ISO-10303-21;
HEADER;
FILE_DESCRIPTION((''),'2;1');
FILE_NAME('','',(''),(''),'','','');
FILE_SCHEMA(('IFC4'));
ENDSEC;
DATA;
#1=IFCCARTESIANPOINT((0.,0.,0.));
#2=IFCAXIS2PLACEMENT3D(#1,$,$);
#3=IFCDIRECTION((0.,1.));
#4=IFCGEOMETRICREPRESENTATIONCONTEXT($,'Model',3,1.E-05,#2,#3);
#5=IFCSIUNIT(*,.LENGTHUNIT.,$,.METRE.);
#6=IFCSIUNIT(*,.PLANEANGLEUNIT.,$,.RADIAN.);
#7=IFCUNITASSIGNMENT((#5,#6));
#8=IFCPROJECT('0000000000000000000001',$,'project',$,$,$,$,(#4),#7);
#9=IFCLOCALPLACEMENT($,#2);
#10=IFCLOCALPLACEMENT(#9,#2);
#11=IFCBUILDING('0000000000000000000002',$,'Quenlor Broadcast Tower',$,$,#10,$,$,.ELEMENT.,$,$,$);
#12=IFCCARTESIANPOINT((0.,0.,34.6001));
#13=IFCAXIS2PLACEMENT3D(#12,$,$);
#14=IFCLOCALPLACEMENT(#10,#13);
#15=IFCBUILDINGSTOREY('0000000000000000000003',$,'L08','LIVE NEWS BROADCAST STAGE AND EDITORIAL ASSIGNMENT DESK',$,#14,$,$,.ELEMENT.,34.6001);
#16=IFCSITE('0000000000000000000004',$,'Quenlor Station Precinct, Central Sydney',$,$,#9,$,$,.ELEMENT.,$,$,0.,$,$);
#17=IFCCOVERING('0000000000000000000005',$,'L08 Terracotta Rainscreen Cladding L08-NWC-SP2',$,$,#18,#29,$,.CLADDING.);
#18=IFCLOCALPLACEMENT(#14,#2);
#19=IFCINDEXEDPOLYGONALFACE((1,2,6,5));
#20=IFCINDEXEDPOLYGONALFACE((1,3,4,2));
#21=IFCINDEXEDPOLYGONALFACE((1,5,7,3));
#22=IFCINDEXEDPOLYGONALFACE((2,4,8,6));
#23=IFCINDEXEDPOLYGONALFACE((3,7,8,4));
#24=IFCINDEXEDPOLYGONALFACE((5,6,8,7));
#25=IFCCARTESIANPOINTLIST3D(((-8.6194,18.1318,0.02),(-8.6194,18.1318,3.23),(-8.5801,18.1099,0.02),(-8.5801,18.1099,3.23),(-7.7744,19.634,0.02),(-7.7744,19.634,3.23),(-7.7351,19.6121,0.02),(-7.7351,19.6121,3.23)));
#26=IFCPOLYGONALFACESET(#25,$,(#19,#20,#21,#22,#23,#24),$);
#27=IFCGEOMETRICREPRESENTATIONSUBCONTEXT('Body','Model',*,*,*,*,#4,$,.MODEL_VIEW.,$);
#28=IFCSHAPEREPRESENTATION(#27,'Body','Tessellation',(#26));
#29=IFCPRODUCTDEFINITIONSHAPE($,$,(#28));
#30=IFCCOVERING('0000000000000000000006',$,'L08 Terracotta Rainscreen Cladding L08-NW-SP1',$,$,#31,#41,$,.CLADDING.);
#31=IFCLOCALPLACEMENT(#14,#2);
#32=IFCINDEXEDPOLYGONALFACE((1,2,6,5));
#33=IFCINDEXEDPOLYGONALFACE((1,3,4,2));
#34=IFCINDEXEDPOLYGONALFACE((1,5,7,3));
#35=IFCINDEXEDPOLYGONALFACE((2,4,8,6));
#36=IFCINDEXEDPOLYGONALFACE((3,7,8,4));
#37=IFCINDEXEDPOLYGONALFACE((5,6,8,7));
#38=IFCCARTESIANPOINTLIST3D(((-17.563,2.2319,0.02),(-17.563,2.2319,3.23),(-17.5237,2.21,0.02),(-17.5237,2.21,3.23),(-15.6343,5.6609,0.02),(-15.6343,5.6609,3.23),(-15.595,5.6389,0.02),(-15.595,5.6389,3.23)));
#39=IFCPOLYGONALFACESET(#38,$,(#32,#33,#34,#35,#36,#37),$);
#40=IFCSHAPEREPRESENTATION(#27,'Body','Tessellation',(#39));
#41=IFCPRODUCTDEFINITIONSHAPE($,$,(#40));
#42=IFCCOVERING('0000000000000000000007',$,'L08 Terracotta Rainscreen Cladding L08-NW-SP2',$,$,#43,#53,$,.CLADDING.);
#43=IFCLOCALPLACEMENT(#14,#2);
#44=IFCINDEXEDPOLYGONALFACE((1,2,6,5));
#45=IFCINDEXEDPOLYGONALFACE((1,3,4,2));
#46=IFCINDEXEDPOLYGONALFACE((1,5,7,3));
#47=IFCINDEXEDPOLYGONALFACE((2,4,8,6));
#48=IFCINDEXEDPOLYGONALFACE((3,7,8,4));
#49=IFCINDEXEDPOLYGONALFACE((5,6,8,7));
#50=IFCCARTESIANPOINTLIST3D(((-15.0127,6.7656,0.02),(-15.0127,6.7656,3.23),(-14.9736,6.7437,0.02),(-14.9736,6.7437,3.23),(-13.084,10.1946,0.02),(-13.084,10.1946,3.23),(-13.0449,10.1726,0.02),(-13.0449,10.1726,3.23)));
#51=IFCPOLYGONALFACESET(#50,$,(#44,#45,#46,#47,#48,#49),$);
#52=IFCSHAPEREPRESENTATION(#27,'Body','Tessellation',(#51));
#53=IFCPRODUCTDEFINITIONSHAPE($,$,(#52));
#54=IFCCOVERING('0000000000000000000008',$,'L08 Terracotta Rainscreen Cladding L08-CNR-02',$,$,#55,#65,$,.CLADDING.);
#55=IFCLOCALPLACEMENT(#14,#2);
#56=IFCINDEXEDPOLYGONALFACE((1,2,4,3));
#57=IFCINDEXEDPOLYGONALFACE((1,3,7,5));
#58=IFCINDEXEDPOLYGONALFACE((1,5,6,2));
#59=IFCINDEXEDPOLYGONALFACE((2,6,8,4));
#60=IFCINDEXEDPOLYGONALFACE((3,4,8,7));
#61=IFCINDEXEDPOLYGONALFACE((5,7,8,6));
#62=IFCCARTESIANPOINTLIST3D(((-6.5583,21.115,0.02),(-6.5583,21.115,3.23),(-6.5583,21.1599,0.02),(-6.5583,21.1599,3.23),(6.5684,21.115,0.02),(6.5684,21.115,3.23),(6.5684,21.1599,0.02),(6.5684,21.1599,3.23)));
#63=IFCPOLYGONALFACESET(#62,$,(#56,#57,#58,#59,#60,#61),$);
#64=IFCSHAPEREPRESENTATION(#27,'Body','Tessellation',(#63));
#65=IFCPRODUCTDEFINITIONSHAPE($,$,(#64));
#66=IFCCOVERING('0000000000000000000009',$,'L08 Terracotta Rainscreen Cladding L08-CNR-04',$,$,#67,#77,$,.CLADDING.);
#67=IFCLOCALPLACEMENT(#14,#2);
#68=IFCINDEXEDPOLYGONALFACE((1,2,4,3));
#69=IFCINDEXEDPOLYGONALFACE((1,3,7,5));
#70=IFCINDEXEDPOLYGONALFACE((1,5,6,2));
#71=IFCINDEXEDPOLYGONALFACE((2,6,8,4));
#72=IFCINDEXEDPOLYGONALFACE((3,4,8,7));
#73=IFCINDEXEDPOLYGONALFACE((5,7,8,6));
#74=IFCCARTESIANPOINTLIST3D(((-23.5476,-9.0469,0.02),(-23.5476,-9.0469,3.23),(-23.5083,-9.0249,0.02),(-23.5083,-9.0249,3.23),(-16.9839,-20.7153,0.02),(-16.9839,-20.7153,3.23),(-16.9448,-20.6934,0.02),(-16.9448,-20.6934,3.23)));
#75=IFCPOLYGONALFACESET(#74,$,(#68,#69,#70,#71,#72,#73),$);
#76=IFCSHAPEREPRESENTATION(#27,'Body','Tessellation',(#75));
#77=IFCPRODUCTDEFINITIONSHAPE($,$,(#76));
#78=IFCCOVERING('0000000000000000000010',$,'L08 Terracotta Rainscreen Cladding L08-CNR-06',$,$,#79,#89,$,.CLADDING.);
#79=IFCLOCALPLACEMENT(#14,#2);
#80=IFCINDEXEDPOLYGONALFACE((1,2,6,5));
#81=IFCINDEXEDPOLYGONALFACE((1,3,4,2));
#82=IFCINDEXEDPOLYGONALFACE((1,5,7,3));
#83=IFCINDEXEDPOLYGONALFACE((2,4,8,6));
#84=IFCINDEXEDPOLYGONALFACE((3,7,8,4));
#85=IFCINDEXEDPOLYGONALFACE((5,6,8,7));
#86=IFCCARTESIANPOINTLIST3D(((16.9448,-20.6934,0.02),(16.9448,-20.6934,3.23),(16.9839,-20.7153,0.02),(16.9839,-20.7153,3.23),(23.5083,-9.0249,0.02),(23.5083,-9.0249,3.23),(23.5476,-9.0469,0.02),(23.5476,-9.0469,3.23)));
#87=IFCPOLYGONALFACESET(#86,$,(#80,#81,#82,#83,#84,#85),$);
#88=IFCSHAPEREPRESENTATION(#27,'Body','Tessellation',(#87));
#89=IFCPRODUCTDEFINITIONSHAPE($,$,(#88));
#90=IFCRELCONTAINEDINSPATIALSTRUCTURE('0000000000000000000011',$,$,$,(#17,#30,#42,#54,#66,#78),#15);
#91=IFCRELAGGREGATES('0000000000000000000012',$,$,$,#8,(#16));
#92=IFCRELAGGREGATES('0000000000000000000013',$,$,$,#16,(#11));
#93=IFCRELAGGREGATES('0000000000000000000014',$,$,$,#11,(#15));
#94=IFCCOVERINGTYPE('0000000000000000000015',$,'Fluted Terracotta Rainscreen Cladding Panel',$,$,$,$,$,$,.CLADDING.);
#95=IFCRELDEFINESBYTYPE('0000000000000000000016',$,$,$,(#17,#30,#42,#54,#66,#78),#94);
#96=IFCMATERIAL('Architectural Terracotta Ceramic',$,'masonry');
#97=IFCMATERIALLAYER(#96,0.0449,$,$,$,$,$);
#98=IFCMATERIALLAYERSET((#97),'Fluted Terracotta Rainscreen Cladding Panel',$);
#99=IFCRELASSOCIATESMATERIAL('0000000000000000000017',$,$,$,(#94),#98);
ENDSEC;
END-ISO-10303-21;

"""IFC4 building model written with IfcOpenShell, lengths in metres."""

from ifc_helpers import new_model, si_unit, direction, frame, origin, place, context, subcontext, project, spatial, polyline, outline, extrude, material, layer, layer_set, type_object, element, save


model = new_model("IFC4")

# Units and contexts
model_context = context("Model", 3, precision=1e-05, world=origin(), true_north=direction((0.0, 1.0)))
body_context = subcontext(model_context, "Body", "Model", "MODEL_VIEW")
ifc_project = project(units=[si_unit("LENGTHUNIT", "METRE"), si_unit("PLANEANGLEUNIT", "RADIAN")], contexts=[model_context])

# Site, building, storey
site_placement = place(None, origin())
site = spatial("IfcSite", under=ifc_project, at=site_placement, Name="Quenlor Station Precinct, Central Sydney", CompositionType="ELEMENT", RefElevation=0.0)
building_placement = place(site_placement, origin())
building = spatial("IfcBuilding", under=site, at=building_placement, Name="Quenlor Broadcast Tower", CompositionType="ELEMENT")
storey_placement = place(building_placement, frame((0.0, 0.0, 34.6001)))
storey = spatial("IfcBuildingStorey", under=building, at=storey_placement, Name="L08", Description="LIVE NEWS BROADCAST STAGE AND EDITORIAL ASSIGNMENT DESK", CompositionType="ELEMENT", Elevation=34.6001)

# Coverings
ifc_material_1 = material(Name="Architectural Terracotta Ceramic", Category="masonry")
ifc_layer_1 = layer(ifc_material_1, 0.0449)
ifc_layer_set_1 = layer_set([ifc_layer_1], Name="Fluted Terracotta Rainscreen Cladding Panel")
covering_type_1 = type_object("IfcCoveringType", Name="Fluted Terracotta Rainscreen Cladding Panel", PredefinedType="CLADDING", material=ifc_layer_set_1)
covering_1_placement = place(storey_placement, frame((0.0, 0.0, 0.02)))
element("IfcCovering", 1, at=covering_1_placement, inside=storey, type_object=covering_type_1, Name="L08 Terracotta Rainscreen Cladding L08-NWC-SP2", PredefinedType="CLADDING", context=body_context, shape_type="SweptSolid", body=[
    extrude(outline(polyline([(-8.5801, 18.1099), (-7.7351, 19.6121), (-7.7744, 19.634), (-8.6194, 18.1318), (-8.5801, 18.1099)])), origin(), (0.0, 0.0, 1.0), 3.21),
])
covering_2_placement = place(storey_placement, frame((0.0, 0.0, 0.02)))
element("IfcCovering", 2, at=covering_2_placement, inside=storey, type_object=covering_type_1, Name="L08 Terracotta Rainscreen Cladding L08-NW-SP1", PredefinedType="CLADDING", context=body_context, shape_type="SweptSolid", body=[
    extrude(outline(polyline([(-17.5237, 2.21), (-15.595, 5.6389), (-15.6343, 5.6609), (-17.563, 2.2319), (-17.5237, 2.21)])), origin(), (0.0, 0.0, 1.0), 3.21),
])
covering_3_placement = place(storey_placement, frame((0.0, 0.0, 0.02)))
element("IfcCovering", 3, at=covering_3_placement, inside=storey, type_object=covering_type_1, Name="L08 Terracotta Rainscreen Cladding L08-NW-SP2", PredefinedType="CLADDING", context=body_context, shape_type="SweptSolid", body=[
    extrude(outline(polyline([(-14.9736, 6.7437), (-13.0449, 10.1726), (-13.084, 10.1946), (-15.0127, 6.7656), (-14.9736, 6.7437)])), origin(), (0.0, 0.0, 1.0), 3.21),
])
covering_4_placement = place(storey_placement, frame((0.0, 0.0, 0.02)))
element("IfcCovering", 4, at=covering_4_placement, inside=storey, type_object=covering_type_1, Name="L08 Terracotta Rainscreen Cladding L08-CNR-02", PredefinedType="CLADDING", context=body_context, shape_type="SweptSolid", body=[
    extrude(outline(polyline([(6.5684, 21.1599), (-6.5583, 21.1599), (-6.5583, 21.115), (6.5684, 21.115), (6.5684, 21.1599)])), origin(), (0.0, 0.0, 1.0), 3.21),
])
covering_5_placement = place(storey_placement, frame((0.0, 0.0, 0.02)))
element("IfcCovering", 5, at=covering_5_placement, inside=storey, type_object=covering_type_1, Name="L08 Terracotta Rainscreen Cladding L08-CNR-04", PredefinedType="CLADDING", context=body_context, shape_type="SweptSolid", body=[
    extrude(outline(polyline([(-23.5476, -9.0469), (-16.9839, -20.7153), (-16.9448, -20.6934), (-23.5083, -9.0249), (-23.5476, -9.0469)])), origin(), (0.0, 0.0, 1.0), 3.21),
])
covering_6_placement = place(storey_placement, frame((0.0, 0.0, 0.02)))
element("IfcCovering", 6, at=covering_6_placement, inside=storey, type_object=covering_type_1, Name="L08 Terracotta Rainscreen Cladding L08-CNR-06", PredefinedType="CLADDING", context=body_context, shape_type="SweptSolid", body=[
    extrude(outline(polyline([(16.9839, -20.7153), (23.5476, -9.0469), (23.5083, -9.0249), (16.9448, -20.6934), (16.9839, -20.7153)])), origin(), (0.0, 0.0, 1.0), 3.21),
])

save(model, "model.ifc")
